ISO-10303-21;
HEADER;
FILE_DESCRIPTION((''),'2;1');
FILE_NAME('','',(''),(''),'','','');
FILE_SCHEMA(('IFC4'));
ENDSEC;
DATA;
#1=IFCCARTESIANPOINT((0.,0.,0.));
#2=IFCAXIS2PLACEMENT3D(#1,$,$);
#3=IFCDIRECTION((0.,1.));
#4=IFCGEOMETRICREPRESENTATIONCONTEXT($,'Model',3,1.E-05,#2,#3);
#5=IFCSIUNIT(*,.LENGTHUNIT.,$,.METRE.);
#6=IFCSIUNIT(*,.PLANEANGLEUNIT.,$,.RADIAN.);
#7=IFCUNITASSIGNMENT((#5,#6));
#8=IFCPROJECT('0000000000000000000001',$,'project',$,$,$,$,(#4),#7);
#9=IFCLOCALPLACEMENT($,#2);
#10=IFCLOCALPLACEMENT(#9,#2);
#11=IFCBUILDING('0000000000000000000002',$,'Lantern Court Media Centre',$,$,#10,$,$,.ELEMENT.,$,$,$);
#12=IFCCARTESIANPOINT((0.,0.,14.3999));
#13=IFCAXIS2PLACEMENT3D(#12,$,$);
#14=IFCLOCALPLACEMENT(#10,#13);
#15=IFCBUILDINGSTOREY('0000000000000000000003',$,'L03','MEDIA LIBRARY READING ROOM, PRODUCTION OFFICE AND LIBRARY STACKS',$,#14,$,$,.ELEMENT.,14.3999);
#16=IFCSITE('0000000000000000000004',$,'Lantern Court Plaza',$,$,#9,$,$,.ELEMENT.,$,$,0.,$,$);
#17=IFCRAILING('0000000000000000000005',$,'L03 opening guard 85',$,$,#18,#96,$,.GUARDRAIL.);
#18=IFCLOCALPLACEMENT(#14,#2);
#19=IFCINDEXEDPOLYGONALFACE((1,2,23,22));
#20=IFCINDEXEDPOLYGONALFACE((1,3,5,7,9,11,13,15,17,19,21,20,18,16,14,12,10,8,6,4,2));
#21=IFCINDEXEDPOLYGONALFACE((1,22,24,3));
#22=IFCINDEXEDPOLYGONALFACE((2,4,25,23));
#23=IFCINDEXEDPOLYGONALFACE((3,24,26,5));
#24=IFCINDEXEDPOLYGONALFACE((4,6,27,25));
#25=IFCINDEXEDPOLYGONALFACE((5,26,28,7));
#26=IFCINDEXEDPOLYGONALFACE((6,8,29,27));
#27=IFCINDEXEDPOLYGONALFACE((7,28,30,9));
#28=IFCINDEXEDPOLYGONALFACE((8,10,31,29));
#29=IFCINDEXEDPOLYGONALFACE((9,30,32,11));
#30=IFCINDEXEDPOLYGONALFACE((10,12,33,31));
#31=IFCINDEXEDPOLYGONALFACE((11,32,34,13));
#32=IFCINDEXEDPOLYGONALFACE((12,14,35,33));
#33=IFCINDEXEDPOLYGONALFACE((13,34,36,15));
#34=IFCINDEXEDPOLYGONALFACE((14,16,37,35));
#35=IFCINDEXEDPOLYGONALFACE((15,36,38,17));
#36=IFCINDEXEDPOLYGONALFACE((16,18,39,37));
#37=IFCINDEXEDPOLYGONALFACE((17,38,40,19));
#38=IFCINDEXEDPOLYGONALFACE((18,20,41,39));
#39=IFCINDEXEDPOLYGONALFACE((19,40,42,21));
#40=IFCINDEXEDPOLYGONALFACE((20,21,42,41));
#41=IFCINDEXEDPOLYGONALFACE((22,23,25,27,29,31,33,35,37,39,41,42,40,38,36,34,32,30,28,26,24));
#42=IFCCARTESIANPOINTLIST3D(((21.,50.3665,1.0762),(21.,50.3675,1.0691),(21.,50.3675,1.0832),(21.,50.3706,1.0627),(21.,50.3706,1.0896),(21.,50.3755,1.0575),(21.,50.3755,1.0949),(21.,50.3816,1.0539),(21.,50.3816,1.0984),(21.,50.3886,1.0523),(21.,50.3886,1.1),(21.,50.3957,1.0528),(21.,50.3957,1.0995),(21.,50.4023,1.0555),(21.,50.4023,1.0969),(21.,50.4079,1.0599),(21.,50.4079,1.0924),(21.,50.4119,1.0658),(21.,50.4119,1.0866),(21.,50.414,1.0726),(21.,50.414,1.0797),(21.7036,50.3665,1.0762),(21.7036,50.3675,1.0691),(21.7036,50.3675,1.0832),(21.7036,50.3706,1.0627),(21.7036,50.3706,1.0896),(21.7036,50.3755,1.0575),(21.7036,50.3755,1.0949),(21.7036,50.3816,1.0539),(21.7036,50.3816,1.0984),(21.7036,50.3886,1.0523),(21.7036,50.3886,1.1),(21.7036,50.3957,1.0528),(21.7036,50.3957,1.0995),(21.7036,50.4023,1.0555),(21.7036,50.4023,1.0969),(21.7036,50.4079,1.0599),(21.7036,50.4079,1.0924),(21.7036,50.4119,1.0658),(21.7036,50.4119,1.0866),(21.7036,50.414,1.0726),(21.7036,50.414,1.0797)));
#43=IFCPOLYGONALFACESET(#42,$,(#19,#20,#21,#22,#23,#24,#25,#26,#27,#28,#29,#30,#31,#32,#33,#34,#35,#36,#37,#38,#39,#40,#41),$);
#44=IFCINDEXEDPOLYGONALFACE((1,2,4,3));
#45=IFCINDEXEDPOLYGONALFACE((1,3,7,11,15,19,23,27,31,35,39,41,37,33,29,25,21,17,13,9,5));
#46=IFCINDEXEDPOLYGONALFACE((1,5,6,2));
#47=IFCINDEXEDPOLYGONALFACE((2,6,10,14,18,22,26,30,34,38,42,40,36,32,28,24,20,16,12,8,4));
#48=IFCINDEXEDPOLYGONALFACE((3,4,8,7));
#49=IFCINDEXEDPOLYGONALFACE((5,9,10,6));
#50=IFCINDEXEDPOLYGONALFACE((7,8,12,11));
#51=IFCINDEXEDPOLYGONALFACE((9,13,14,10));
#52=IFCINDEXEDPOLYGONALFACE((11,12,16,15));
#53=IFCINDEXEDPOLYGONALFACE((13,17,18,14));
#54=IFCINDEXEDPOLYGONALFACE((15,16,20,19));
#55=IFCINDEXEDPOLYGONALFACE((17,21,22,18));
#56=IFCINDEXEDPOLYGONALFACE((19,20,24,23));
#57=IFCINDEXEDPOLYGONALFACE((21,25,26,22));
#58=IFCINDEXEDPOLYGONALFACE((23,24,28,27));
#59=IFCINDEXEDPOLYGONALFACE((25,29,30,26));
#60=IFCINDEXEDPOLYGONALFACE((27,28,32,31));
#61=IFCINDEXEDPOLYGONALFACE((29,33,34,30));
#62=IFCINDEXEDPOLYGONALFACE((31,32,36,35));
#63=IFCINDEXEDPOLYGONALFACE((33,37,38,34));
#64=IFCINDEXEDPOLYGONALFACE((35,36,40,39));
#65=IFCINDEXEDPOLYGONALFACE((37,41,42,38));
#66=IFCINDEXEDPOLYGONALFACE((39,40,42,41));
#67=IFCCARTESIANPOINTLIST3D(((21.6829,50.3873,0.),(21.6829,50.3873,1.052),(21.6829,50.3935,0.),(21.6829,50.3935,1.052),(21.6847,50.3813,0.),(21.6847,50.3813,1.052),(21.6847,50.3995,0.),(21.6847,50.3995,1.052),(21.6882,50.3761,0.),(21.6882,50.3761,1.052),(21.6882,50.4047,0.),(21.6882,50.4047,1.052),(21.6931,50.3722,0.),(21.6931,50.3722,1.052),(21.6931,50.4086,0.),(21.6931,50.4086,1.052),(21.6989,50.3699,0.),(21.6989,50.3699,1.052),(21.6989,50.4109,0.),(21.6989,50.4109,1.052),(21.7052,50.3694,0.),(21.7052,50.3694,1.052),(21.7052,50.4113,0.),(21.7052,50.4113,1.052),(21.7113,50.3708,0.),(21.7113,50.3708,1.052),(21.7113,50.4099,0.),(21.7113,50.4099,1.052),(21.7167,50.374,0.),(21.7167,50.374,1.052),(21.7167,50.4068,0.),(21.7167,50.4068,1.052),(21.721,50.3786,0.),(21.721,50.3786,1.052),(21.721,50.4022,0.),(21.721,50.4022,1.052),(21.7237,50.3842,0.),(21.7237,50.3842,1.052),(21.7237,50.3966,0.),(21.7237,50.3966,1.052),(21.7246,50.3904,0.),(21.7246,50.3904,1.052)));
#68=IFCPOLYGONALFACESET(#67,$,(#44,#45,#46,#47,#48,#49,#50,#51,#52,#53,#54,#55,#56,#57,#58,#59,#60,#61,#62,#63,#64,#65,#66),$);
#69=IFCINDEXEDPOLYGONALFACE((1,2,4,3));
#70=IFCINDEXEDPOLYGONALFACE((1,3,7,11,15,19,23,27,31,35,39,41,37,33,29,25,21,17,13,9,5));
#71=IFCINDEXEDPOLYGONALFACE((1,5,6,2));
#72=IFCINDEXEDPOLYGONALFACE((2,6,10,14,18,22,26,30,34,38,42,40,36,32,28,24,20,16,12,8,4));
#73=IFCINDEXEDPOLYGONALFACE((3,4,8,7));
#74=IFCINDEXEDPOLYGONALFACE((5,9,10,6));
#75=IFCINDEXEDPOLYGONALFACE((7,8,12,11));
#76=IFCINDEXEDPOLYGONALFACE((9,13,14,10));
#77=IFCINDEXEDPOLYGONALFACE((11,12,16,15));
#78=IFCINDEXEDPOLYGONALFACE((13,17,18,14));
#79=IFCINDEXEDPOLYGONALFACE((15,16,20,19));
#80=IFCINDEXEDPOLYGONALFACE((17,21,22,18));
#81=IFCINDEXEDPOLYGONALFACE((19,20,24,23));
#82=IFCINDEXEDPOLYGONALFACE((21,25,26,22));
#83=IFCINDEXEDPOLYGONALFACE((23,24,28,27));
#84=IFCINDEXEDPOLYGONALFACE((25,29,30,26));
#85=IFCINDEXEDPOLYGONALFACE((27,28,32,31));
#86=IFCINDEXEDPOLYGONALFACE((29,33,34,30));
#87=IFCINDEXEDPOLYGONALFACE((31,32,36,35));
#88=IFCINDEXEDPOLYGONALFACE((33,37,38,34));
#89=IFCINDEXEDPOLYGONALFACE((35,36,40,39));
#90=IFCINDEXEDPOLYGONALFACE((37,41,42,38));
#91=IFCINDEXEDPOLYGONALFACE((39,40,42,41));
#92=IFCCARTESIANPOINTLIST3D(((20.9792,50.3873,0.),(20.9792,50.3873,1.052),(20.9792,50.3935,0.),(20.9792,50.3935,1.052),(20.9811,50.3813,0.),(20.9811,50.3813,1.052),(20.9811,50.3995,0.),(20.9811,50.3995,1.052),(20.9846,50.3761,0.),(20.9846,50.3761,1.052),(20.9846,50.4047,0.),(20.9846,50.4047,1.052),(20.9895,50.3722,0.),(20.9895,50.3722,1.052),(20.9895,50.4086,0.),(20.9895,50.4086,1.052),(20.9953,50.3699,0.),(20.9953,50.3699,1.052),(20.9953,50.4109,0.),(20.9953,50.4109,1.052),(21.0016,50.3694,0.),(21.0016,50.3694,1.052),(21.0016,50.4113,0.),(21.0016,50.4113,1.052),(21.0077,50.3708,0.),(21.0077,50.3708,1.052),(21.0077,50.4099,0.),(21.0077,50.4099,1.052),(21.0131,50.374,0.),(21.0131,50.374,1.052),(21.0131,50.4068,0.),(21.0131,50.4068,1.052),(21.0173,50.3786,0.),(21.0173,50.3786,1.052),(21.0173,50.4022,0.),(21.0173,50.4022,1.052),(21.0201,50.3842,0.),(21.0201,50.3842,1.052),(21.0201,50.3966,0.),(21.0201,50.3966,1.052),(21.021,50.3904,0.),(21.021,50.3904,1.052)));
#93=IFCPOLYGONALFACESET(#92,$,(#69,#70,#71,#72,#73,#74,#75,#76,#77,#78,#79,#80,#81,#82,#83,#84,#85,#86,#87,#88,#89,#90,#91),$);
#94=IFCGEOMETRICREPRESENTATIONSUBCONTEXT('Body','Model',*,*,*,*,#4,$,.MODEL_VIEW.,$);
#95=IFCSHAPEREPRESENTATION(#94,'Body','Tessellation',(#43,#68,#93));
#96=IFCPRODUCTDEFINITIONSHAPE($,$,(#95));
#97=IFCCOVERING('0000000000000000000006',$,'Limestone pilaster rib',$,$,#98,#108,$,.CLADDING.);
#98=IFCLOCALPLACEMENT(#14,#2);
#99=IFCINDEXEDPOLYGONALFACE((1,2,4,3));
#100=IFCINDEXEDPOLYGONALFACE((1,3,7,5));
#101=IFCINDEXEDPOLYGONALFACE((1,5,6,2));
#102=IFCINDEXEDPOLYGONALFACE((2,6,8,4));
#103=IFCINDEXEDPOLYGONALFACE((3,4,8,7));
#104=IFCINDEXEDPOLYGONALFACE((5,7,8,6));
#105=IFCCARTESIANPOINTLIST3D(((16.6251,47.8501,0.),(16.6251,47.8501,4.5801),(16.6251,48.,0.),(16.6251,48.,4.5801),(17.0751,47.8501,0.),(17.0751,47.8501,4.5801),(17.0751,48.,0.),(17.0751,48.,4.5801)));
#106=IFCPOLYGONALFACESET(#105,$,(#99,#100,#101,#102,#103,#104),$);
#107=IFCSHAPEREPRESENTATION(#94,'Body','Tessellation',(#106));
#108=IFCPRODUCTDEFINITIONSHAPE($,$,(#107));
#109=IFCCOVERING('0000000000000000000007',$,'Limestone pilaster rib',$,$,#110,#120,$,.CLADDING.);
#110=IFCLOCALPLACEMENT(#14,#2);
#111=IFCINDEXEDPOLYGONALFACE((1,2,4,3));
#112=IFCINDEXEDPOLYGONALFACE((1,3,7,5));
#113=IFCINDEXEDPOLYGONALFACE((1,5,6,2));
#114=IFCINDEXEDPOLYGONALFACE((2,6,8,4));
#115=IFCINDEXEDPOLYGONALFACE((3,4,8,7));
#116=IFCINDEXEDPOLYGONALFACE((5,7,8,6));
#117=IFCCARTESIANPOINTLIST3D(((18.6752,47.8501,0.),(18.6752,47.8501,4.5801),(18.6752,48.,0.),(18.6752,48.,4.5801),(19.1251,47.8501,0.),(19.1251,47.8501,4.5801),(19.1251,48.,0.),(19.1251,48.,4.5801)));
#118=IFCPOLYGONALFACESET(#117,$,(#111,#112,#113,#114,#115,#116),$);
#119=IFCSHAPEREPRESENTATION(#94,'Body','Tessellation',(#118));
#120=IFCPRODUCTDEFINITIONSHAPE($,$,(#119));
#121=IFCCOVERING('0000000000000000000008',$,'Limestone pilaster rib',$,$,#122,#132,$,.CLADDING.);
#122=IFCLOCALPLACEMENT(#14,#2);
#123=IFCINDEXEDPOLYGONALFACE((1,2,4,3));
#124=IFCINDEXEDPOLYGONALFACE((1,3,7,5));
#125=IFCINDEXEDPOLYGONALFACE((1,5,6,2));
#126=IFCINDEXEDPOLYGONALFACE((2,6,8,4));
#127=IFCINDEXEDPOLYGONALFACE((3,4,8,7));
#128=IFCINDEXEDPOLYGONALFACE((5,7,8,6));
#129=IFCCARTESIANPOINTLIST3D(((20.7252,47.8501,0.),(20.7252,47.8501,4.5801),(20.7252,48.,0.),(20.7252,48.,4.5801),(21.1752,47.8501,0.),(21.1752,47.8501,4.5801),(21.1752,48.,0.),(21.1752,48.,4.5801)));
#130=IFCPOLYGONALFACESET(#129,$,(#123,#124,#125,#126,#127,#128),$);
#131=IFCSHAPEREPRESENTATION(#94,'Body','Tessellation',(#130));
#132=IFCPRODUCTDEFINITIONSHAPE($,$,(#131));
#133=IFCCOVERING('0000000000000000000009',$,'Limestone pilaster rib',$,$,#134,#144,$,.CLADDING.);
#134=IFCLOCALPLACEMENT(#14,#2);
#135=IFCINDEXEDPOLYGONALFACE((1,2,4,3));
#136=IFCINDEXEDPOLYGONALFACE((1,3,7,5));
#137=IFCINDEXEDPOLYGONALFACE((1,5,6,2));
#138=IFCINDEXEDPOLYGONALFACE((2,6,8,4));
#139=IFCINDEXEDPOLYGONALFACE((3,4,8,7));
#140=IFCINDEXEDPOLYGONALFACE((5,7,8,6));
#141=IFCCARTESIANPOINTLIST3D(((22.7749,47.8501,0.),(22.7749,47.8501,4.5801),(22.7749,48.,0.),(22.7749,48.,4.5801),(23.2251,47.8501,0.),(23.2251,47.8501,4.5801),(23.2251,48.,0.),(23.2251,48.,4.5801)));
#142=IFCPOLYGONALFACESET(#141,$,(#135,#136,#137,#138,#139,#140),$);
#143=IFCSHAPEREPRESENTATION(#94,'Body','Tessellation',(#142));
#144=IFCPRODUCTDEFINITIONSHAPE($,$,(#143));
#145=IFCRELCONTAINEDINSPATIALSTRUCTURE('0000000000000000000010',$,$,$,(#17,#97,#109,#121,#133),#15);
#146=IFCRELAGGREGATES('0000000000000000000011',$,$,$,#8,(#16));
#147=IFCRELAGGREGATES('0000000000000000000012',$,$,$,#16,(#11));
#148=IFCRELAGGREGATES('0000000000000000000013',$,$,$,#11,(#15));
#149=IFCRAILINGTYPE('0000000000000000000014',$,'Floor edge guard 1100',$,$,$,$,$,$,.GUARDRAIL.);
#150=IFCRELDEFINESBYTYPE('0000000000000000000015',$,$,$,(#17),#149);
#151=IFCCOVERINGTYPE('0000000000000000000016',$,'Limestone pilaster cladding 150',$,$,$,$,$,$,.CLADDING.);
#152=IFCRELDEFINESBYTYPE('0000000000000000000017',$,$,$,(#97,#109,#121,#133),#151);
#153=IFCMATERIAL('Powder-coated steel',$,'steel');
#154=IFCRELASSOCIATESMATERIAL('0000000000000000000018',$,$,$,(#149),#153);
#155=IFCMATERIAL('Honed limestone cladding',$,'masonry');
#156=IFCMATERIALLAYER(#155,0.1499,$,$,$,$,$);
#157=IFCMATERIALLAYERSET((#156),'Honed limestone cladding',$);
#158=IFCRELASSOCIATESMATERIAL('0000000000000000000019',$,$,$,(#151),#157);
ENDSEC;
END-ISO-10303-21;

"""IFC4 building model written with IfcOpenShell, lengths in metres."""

from ifc_helpers import new_model, si_unit, direction, frame, frame_2d, origin, origin_2d, place, context, subcontext, project, spatial, rectangle, circle, extrude, material, layer, layer_set, type_object, element, save


model = new_model("IFC4")

# Units and contexts
model_context = context("Model", 3, precision=1e-05, world=origin(), true_north=direction((0.0, 1.0)))
body_context = subcontext(model_context, "Body", "Model", "MODEL_VIEW")
ifc_project = project(units=[si_unit("LENGTHUNIT", "METRE"), si_unit("PLANEANGLEUNIT", "RADIAN")], contexts=[model_context])

# Site, building, storey
site_placement = place(None, origin())
site = spatial("IfcSite", under=ifc_project, at=site_placement, Name="Lantern Court Plaza", CompositionType="ELEMENT", RefElevation=0.0)
building_placement = place(site_placement, origin())
building = spatial("IfcBuilding", under=site, at=building_placement, Name="Lantern Court Media Centre", CompositionType="ELEMENT")
storey_placement = place(building_placement, frame((0.0, 0.0, 14.3999)))
storey = spatial("IfcBuildingStorey", under=building, at=storey_placement, Name="L03", Description="MEDIA LIBRARY READING ROOM, PRODUCTION OFFICE AND LIBRARY STACKS", CompositionType="ELEMENT", Elevation=14.3999)

# Railing
ifc_material_1 = material(Name="Powder-coated steel", Category="steel")
railing_type_1 = type_object("IfcRailingType", Name="Floor edge guard 1100", PredefinedType="GUARDRAIL", material=ifc_material_1)
railing_1_placement = place(storey_placement, frame((21.7036, 50.3904, 0.0)))
element("IfcRailing", 1, at=railing_1_placement, inside=storey, type_object=railing_type_1, Name="L03 opening guard 85", PredefinedType="GUARDRAIL", context=body_context, shape_type="SweptSolid", body=[
    extrude(circle(Radius=0.0239, at=origin_2d()), frame((0.0, 0.0, 1.0762), z_axis=(-1.0, 0.0, 0.0), x_axis=(0.0, -1.0, 0.0)), (0.0, 0.0, 1.0), 0.7036),
    extrude(circle(Radius=0.021, at=origin_2d()), origin(), (0.0, 0.0, 1.0), 1.052),
    extrude(circle(Radius=0.021, at=origin_2d()), frame((-0.7036, 0.0, 0.0)), (0.0, 0.0, 1.0), 1.052),
])

# Coverings
ifc_material_2 = material(Name="Honed limestone cladding", Category="masonry")
ifc_layer_1 = layer(ifc_material_2, 0.1499)
ifc_layer_set_1 = layer_set([ifc_layer_1], Name="Honed limestone cladding")
covering_type = type_object("IfcCoveringType", Name="Limestone pilaster cladding 150", PredefinedType="CLADDING", material=ifc_layer_set_1)
for number, where, z_axis, x_axis, name in (
    (2, (16.625, 47.925, 0.0), (0.0, 0.0, 1.0), (1.0, 0.0, 0.0), "Limestone pilaster rib"),
    (3, (18.675, 47.925, 0.0), (0.0, 0.0, 1.0), (1.0, 0.0, 0.0), "Limestone pilaster rib"),
    (4, (20.7251, 47.925, 0.0), (0.0, 0.0, 1.0), (1.0, 0.0, 0.0), "Limestone pilaster rib"),
):
    element("IfcCovering", number, at=place(storey_placement, frame(where, z_axis=z_axis, x_axis=x_axis)), inside=storey, type_object=covering_type, Name=name, PredefinedType="CLADDING", context=body_context, shape_type="SweptSolid", body=[
        extrude(rectangle(XDim=0.45, YDim=0.1499, at=frame_2d((0.2251, 0.0))), origin(), (0.0, 0.0, 1.0), 4.5801),
    ])
covering_placement = place(storey_placement, frame((22.7749, 47.925, 0.0), z_axis=(0.0, 0.0, 1.0), x_axis=(1.0, 0.0, 0.0)))
element("IfcCovering", 5, at=covering_placement, inside=storey, type_object=covering_type, Name="Limestone pilaster rib", PredefinedType="CLADDING", context=body_context, shape_type="SweptSolid", body=[
    extrude(rectangle(XDim=0.4502, YDim=0.1499, at=frame_2d((0.2251, 0.0))), origin(), (0.0, 0.0, 1.0), 4.5801),
])

save(model, "model.ifc")
